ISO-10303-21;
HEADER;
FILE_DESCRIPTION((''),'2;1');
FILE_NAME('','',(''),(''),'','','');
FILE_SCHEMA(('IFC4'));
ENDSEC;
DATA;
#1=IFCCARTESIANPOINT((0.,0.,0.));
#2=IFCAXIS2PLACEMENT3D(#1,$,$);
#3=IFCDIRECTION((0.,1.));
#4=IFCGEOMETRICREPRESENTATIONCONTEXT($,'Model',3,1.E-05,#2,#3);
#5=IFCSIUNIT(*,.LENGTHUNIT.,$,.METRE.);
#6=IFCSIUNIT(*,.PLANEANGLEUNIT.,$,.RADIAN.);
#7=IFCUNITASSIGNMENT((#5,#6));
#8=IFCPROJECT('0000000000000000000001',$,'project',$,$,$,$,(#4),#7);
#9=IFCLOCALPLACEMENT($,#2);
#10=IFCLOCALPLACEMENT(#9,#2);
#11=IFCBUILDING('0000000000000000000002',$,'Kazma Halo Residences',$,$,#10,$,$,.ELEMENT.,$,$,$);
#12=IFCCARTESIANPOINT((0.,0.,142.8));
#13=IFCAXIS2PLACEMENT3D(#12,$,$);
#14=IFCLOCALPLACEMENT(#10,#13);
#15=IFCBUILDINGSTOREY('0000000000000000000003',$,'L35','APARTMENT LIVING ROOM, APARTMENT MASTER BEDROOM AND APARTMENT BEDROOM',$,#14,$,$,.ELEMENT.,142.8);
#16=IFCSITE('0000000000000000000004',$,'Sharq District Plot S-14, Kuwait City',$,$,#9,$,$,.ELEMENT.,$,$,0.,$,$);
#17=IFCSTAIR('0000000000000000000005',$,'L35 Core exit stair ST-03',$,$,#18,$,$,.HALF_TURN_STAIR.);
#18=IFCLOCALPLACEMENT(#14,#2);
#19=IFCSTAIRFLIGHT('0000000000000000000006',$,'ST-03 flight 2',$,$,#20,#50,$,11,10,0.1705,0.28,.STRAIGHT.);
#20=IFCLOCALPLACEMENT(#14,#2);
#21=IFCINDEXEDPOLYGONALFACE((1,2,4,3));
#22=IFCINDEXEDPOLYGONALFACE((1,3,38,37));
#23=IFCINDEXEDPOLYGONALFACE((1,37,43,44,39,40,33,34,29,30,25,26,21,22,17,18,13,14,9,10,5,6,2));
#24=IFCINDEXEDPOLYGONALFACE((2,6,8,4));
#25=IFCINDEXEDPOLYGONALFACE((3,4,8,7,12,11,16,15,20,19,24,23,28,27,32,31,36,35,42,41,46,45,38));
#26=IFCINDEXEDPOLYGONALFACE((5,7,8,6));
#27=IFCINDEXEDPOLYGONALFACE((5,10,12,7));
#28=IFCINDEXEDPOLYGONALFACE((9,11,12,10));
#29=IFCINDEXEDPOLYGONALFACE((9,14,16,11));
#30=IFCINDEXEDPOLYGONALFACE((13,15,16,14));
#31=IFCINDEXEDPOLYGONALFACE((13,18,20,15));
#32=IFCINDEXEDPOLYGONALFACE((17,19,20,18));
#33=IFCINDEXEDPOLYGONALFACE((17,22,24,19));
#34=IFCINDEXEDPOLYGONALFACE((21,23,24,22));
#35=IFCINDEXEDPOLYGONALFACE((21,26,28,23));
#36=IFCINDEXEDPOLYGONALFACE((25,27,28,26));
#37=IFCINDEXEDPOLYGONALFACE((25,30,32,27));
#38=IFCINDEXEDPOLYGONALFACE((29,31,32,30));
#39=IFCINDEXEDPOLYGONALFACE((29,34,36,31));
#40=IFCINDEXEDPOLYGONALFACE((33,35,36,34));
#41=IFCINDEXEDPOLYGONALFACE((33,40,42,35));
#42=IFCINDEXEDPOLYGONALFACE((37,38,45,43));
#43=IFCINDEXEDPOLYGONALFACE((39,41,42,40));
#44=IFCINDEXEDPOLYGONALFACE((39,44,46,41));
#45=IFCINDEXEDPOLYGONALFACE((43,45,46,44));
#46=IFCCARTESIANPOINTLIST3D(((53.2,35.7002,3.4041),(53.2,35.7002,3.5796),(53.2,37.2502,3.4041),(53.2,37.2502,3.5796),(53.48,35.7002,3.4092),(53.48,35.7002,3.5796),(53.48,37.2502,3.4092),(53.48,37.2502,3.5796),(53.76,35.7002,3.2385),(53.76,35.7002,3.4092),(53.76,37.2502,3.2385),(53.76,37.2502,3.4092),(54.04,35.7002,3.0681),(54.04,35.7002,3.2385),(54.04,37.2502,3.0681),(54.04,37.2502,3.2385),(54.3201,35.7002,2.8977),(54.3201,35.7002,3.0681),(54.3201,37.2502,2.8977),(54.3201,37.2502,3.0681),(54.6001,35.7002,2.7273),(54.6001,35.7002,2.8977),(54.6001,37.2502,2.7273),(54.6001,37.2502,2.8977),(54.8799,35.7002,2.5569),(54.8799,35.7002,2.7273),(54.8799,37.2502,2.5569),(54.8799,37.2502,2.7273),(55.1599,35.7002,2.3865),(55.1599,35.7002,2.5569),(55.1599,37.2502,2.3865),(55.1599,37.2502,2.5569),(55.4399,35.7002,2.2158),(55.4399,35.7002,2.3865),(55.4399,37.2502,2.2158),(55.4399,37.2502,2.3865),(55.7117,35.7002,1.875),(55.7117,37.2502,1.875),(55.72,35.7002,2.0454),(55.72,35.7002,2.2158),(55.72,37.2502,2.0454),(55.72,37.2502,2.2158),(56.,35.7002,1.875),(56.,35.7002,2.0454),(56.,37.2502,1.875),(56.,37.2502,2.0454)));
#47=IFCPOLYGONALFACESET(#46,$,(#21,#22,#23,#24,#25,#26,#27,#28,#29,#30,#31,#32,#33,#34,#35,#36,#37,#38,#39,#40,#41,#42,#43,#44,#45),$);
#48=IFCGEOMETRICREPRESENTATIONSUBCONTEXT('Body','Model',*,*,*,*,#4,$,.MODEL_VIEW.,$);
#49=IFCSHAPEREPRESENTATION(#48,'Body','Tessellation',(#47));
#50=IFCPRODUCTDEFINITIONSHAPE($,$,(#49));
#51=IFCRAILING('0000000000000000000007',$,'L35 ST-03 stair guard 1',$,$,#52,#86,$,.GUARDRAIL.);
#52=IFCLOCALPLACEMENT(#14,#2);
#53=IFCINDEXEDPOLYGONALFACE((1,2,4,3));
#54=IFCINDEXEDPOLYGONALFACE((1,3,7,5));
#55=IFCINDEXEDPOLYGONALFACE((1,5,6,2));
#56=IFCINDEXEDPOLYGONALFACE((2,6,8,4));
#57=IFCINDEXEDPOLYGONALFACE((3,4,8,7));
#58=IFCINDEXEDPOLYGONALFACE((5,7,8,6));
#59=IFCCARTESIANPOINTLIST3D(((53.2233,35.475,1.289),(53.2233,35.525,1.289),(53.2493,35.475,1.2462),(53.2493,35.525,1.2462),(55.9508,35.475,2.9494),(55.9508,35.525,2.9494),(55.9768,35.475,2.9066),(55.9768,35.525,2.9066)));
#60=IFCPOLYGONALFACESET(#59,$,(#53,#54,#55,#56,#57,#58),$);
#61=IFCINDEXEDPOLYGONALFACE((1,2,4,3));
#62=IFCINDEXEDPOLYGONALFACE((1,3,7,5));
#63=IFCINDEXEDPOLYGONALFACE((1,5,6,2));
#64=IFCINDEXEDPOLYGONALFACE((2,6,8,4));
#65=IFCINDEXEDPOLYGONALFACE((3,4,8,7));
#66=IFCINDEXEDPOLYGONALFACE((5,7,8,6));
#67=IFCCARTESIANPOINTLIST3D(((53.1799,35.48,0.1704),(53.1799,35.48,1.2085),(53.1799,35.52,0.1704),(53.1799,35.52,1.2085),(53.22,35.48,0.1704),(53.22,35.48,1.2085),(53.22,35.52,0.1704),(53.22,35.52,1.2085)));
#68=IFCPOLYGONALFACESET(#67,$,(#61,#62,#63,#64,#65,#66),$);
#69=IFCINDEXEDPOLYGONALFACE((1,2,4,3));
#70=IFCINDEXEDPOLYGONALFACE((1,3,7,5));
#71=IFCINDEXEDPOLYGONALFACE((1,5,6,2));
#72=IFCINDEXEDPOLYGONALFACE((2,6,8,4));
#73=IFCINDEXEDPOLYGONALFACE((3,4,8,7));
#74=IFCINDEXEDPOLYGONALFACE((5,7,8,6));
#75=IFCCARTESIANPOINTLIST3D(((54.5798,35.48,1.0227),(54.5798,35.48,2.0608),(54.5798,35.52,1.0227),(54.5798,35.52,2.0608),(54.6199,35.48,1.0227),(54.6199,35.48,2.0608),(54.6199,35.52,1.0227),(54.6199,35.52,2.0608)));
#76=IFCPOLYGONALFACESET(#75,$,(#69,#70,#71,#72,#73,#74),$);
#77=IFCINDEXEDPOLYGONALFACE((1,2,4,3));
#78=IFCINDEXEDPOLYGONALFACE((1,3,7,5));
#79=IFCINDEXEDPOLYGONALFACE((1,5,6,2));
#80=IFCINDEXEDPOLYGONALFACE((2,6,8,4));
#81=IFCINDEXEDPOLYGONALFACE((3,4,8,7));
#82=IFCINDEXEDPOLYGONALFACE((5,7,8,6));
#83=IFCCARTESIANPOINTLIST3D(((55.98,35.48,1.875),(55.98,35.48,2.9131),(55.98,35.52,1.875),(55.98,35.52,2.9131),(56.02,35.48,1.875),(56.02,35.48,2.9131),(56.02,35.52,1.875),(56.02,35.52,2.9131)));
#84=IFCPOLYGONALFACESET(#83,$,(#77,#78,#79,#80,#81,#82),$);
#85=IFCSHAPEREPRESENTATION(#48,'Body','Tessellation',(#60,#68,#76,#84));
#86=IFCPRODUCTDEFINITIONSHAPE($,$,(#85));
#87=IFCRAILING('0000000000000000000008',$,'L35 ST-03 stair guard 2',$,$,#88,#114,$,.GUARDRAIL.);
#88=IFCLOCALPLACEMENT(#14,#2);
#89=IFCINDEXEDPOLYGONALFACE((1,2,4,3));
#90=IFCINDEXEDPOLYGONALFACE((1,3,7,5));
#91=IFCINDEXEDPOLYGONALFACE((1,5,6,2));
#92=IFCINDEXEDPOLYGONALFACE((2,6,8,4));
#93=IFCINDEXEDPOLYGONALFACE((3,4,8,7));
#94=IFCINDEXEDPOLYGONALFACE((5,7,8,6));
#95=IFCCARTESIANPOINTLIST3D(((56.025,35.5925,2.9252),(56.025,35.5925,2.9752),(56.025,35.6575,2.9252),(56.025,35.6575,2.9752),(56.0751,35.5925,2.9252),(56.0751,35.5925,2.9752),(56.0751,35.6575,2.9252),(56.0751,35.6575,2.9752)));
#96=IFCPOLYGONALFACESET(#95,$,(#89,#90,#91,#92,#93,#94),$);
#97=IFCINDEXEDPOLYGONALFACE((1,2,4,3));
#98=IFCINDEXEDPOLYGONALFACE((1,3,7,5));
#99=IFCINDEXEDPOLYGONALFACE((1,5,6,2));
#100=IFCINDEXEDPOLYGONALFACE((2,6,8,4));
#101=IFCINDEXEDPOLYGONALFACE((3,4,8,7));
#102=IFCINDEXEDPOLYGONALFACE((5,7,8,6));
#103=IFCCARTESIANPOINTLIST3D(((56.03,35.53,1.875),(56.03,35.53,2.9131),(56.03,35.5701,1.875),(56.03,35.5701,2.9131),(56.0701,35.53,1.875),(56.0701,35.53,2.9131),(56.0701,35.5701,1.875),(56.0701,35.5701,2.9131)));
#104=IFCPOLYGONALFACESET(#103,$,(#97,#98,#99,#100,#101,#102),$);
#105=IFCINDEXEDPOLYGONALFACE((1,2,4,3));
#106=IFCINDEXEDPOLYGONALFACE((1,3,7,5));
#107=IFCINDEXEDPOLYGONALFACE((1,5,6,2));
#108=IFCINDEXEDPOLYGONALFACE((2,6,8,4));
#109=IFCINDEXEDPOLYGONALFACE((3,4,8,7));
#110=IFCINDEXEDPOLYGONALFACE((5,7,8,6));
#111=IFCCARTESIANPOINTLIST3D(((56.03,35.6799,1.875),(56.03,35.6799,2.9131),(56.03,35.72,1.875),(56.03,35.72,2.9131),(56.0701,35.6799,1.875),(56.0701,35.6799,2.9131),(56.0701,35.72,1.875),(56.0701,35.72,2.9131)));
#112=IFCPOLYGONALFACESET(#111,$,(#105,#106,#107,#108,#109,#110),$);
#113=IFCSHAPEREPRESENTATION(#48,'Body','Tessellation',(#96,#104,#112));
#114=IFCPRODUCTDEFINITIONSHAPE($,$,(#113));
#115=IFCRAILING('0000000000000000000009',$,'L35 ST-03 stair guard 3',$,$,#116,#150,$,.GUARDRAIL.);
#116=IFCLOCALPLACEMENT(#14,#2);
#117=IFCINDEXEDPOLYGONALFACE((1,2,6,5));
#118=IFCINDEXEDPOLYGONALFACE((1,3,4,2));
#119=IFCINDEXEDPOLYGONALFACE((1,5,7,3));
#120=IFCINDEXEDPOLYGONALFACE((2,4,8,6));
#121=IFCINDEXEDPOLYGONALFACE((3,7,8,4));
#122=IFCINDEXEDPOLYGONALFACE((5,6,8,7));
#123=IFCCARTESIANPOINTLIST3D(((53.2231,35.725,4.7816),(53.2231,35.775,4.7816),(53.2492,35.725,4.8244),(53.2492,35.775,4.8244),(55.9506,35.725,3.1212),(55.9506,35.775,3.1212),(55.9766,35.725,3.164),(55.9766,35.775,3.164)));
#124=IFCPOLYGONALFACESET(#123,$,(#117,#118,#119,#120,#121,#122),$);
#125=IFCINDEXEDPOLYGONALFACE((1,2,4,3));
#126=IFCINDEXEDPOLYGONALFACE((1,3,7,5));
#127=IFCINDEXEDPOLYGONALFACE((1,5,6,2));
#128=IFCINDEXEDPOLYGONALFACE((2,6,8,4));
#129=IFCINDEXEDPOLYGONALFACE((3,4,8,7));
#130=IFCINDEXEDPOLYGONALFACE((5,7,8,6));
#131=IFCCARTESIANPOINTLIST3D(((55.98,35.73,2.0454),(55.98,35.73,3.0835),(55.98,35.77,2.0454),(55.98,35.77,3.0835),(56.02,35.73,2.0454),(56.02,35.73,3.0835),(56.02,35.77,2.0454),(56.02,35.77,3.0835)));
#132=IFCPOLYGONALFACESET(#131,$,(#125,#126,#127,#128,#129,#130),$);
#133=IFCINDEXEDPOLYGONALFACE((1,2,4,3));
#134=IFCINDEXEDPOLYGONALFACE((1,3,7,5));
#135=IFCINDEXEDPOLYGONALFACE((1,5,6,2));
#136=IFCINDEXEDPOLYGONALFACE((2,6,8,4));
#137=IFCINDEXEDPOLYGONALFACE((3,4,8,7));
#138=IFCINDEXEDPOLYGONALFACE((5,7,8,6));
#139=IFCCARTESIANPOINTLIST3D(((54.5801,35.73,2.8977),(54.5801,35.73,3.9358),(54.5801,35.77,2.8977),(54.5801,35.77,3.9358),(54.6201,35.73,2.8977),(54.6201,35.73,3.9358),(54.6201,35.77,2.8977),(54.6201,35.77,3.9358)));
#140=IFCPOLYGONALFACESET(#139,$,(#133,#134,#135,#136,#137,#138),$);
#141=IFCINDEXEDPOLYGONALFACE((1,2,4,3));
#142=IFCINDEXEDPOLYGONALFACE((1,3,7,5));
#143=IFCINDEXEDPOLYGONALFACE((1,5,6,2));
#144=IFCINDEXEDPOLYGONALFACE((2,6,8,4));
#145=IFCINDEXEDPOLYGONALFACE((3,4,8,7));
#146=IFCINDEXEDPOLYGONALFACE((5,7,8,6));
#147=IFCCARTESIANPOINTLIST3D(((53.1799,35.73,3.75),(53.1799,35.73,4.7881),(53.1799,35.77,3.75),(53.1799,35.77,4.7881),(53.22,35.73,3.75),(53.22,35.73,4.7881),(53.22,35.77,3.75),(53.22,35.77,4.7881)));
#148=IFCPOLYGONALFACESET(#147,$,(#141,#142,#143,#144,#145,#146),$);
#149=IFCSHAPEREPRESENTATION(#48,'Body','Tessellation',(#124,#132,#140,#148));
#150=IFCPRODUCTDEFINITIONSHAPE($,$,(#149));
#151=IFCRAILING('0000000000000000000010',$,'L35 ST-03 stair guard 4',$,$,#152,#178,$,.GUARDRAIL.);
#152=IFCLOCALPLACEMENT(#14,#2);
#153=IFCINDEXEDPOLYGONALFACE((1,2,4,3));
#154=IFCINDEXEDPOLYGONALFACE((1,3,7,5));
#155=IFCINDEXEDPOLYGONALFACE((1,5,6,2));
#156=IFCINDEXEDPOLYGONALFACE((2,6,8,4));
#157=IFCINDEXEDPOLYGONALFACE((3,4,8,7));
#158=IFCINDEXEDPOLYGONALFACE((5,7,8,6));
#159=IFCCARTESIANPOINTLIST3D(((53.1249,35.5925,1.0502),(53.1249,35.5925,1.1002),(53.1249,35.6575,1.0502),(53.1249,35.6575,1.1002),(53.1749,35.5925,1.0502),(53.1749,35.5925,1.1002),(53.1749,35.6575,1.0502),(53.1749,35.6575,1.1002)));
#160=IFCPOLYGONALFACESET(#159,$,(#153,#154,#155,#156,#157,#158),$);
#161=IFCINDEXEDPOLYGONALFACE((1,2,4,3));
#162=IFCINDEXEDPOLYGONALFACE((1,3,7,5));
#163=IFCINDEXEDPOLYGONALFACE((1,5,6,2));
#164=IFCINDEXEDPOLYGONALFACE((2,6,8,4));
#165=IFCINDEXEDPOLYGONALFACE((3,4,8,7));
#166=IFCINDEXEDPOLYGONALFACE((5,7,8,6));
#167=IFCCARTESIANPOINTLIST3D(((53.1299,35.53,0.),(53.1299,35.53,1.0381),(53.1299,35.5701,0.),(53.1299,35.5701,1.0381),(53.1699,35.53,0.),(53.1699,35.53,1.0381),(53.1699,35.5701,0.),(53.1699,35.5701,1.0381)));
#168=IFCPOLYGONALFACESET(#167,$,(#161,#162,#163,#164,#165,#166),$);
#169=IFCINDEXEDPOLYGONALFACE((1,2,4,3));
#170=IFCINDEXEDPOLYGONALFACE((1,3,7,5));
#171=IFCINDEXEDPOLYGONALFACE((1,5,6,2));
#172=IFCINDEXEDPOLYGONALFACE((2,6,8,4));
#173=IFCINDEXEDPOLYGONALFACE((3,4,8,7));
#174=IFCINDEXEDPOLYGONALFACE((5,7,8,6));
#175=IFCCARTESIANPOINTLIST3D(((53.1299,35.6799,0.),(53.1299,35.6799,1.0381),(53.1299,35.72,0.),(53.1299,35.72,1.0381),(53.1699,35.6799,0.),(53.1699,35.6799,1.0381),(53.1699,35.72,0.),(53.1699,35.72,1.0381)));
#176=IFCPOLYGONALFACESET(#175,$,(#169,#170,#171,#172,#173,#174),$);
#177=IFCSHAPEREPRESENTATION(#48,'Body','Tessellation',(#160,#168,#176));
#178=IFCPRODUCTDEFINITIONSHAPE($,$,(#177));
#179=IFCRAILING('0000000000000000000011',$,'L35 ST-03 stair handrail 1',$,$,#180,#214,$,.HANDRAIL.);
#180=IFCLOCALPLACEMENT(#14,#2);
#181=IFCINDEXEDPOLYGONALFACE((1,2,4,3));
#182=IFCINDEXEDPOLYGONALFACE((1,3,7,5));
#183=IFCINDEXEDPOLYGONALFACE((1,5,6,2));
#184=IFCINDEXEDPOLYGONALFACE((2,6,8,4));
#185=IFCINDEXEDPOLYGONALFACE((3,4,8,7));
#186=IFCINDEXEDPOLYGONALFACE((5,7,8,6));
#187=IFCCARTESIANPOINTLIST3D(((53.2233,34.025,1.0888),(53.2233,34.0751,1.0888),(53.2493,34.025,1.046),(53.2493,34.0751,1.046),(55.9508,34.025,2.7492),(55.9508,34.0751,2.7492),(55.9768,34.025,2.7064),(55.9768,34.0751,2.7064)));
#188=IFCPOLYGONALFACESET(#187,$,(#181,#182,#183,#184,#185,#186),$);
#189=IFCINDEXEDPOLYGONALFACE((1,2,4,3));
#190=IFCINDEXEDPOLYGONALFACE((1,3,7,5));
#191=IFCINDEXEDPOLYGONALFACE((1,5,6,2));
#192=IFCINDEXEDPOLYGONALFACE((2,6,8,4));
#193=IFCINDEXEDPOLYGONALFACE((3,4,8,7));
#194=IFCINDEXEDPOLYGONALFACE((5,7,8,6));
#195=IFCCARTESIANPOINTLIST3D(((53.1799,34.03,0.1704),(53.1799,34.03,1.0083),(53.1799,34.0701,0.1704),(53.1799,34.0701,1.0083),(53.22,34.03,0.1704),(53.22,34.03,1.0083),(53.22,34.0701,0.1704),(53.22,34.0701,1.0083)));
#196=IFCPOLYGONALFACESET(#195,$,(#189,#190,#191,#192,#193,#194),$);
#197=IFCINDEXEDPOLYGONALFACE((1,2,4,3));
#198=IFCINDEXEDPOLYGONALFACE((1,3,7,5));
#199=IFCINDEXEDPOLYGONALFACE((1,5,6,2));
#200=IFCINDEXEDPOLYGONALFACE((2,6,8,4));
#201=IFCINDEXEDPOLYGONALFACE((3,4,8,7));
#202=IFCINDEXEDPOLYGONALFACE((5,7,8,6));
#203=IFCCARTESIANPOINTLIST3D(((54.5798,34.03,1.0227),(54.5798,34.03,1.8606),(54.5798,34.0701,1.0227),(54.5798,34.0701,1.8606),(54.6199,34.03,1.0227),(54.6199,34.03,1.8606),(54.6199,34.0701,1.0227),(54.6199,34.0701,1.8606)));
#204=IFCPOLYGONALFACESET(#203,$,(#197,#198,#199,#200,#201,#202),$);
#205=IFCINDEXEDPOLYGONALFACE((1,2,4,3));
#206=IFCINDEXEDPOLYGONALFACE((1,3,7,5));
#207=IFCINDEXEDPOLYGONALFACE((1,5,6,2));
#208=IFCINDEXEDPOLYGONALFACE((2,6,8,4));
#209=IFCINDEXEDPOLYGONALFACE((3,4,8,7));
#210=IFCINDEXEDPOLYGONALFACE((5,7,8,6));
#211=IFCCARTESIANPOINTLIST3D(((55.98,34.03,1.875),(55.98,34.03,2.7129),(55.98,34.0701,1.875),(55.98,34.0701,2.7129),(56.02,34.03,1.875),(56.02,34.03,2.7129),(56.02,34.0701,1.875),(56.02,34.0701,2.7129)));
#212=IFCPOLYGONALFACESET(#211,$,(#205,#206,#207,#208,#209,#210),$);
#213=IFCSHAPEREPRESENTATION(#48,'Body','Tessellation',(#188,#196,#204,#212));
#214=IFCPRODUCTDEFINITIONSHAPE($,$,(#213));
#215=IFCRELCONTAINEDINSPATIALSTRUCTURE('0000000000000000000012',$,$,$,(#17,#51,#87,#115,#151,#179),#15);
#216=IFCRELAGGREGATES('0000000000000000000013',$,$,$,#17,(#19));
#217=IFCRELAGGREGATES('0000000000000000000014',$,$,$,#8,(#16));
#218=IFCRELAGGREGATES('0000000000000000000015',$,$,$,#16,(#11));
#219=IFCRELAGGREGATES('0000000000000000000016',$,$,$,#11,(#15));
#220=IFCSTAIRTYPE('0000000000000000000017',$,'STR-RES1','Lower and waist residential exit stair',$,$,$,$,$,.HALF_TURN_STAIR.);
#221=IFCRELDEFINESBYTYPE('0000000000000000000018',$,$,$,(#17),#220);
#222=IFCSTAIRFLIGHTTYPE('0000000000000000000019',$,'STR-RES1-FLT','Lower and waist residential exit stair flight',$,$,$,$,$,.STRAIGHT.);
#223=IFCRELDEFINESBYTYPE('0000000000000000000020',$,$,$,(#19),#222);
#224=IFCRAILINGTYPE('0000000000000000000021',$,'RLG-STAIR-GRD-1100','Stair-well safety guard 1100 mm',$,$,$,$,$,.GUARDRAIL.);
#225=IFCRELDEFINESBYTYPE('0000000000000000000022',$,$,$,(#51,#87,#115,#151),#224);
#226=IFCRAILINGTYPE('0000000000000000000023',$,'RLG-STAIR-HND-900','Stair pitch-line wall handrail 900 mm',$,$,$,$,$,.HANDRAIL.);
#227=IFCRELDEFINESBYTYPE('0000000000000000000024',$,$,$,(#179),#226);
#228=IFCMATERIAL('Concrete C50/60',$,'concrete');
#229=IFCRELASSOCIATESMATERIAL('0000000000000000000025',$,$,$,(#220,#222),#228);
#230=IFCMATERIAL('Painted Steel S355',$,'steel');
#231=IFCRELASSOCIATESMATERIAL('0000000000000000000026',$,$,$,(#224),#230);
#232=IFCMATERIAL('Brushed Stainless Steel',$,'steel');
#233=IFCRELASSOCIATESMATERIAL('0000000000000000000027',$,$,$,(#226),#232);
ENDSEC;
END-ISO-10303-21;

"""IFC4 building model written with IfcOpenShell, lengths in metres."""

from ifc_helpers import new_model, si_unit, direction, frame, origin, origin_2d, place, context, subcontext, project, spatial, polyline, rectangle, outline, extrude, material, type_object, element, aggregate, save


model = new_model("IFC4")

# Units and contexts
model_context = context("Model", 3, precision=1e-05, world=origin(), true_north=direction((0.0, 1.0)))
body_context = subcontext(model_context, "Body", "Model", "MODEL_VIEW")
ifc_project = project(units=[si_unit("LENGTHUNIT", "METRE"), si_unit("PLANEANGLEUNIT", "RADIAN")], contexts=[model_context])

# Site, building, storey
site_placement = place(None, origin())
site = spatial("IfcSite", under=ifc_project, at=site_placement, Name="Sharq District Plot S-14, Kuwait City", CompositionType="ELEMENT", RefElevation=0.0)
building_placement = place(site_placement, origin())
building = spatial("IfcBuilding", under=site, at=building_placement, Name="Kazma Halo Residences", CompositionType="ELEMENT")
storey_placement = place(building_placement, frame((0.0, 0.0, 142.8)))
storey = spatial("IfcBuildingStorey", under=building, at=storey_placement, Name="L35", Description="APARTMENT LIVING ROOM, APARTMENT MASTER BEDROOM AND APARTMENT BEDROOM", CompositionType="ELEMENT", Elevation=142.8)

# Shared definitions
ifc_material_1 = material(Name="Concrete C50/60", Category="concrete")

# Stair, stair flight
stair_type = type_object("IfcStairType", Name="STR-RES1", Description="Lower and waist residential exit stair", PredefinedType="HALF_TURN_STAIR", material=ifc_material_1)
stair_placement = place(storey_placement, origin())
stair = element("IfcStair", 1, at=stair_placement, inside=storey, type_object=stair_type, Name="L35 Core exit stair ST-03", PredefinedType="HALF_TURN_STAIR")
stair_flight_type = type_object("IfcStairFlightType", Name="STR-RES1-FLT", Description="Lower and waist residential exit stair flight", PredefinedType="STRAIGHT", material=ifc_material_1)
stair_flight_1_placement = place(storey_placement, frame((56.0, 36.4751, 1.875), z_axis=(0.0, 0.0, 1.0), x_axis=(-1.0, 0.0, 0.0)))
stair_flight_1 = element("IfcStairFlight", 2, at=stair_flight_1_placement, type_object=stair_flight_type, Name="ST-03 flight 2", NumberOfRisers=11, NumberOfTreads=10, PredefinedType="STRAIGHT", RiserHeight=0.1705, TreadLength=0.28, context=body_context, shape_type="SweptSolid", body=[
    extrude(outline(polyline([(0.0, 0.0), (0.0, 0.1704), (0.28, 0.1704), (0.28, 0.3408), (0.5601, 0.3408), (0.5601, 0.5115), (0.8401, 0.5115), (0.8401, 0.6819), (1.1201, 0.6819), (1.1201, 0.8523), (1.3999, 0.8523), (1.3999, 1.0227), (1.6799, 1.0227), (1.6799, 1.1931), (1.96, 1.1931), (1.96, 1.3635), (2.24, 1.3635), (2.24, 1.5342), (2.52, 1.5342), (2.52, 1.7046), (2.8, 1.7046), (2.8, 1.875), (2.8, 1.5291), (0.2883, 0.0), (0.0, 0.0)])), frame((0.0, 0.7749, 0.0), z_axis=(0.0, -1.0, 0.0), x_axis=(1.0, 0.0, 0.0)), (0.0, 0.0, 1.0), 1.55),
])
aggregate(stair, [stair_flight_1])

# Railings
ifc_material_2 = material(Name="Painted Steel S355", Category="steel")
railing_type_1 = type_object("IfcRailingType", Name="RLG-STAIR-GRD-1100", Description="Stair-well safety guard 1100 mm", PredefinedType="GUARDRAIL", material=ifc_material_2)
railing_1_placement = place(storey_placement, frame((53.2, 35.5, 0.1704)))
element("IfcRailing", 3, at=railing_1_placement, inside=storey, type_object=railing_type_1, Name="L35 ST-03 stair guard 1", PredefinedType="GUARDRAIL", context=body_context, shape_type="SweptSolid", body=[
    extrude(rectangle(XDim=0.05, YDim=0.05, at=origin_2d()), frame((0.0364, 0.0, 1.0972), z_axis=(0.85417, 0.0, 0.519994), x_axis=(0.0, 1.0, 0.0)), (0.0, 0.0, 1.0), 3.1931),
    extrude(rectangle(XDim=0.04, YDim=0.04, at=origin_2d()), origin(), (0.0, 0.0, 1.0), 1.0381),
    extrude(rectangle(XDim=0.04, YDim=0.04, at=origin_2d()), frame((1.3999, 0.0, 0.8523)), (0.0, 0.0, 1.0), 1.0381),
    extrude(rectangle(XDim=0.04, YDim=0.04, at=origin_2d()), frame((2.8, 0.0, 1.7046)), (0.0, 0.0, 1.0), 1.0381),
])
railing_2_placement = place(storey_placement, frame((56.05, 35.55, 1.875)))
element("IfcRailing", 4, at=railing_2_placement, inside=storey, type_object=railing_type_1, Name="L35 ST-03 stair guard 2", PredefinedType="GUARDRAIL", context=body_context, shape_type="SweptSolid", body=[
    extrude(rectangle(XDim=0.05, YDim=0.05, at=origin_2d()), frame((0.0, 0.0425, 1.0752), z_axis=(0.0, 1.0, 0.0), x_axis=(-1.0, 0.0, 0.0)), (0.0, 0.0, 1.0), 0.0649),
    extrude(rectangle(XDim=0.04, YDim=0.04, at=origin_2d()), origin(), (0.0, 0.0, 1.0), 1.0381),
    extrude(rectangle(XDim=0.04, YDim=0.04, at=origin_2d()), frame((0.0, 0.1499, 0.0)), (0.0, 0.0, 1.0), 1.0381),
])
railing_3_placement = place(storey_placement, frame((56.0, 35.75, 2.0454)))
element("IfcRailing", 5, at=railing_3_placement, inside=storey, type_object=railing_type_1, Name="L35 ST-03 stair guard 3", PredefinedType="GUARDRAIL", context=body_context, shape_type="SweptSolid", body=[
    extrude(rectangle(XDim=0.05, YDim=0.05, at=origin_2d()), frame((-0.0364, 0.0, 1.0972), z_axis=(-0.85417, 0.0, 0.519994), x_axis=(0.0, -1.0, 0.0)), (0.0, 0.0, 1.0), 3.1931),
    extrude(rectangle(XDim=0.04, YDim=0.04, at=origin_2d()), origin(), (0.0, 0.0, 1.0), 1.0381),
    extrude(rectangle(XDim=0.04, YDim=0.04, at=origin_2d()), frame((-1.3999, 0.0, 0.8523)), (0.0, 0.0, 1.0), 1.0381),
    extrude(rectangle(XDim=0.04, YDim=0.04, at=origin_2d()), frame((-2.8, 0.0, 1.7046)), (0.0, 0.0, 1.0), 1.0381),
])
railing_4_placement = place(storey_placement, frame((53.1499, 35.55, 0.0)))
element("IfcRailing", 6, at=railing_4_placement, inside=storey, type_object=railing_type_1, Name="L35 ST-03 stair guard 4", PredefinedType="GUARDRAIL", context=body_context, shape_type="SweptSolid", body=[
    extrude(rectangle(XDim=0.05, YDim=0.05, at=origin_2d()), frame((0.0, 0.0425, 1.0752), z_axis=(0.0, 1.0, 0.0), x_axis=(-1.0, 0.0, 0.0)), (0.0, 0.0, 1.0), 0.0649),
    extrude(rectangle(XDim=0.04, YDim=0.04, at=origin_2d()), origin(), (0.0, 0.0, 1.0), 1.0381),
    extrude(rectangle(XDim=0.04, YDim=0.04, at=origin_2d()), frame((0.0, 0.1499, 0.0)), (0.0, 0.0, 1.0), 1.0381),
])
ifc_material_3 = material(Name="Brushed Stainless Steel", Category="steel")
railing_type_2 = type_object("IfcRailingType", Name="RLG-STAIR-HND-900", Description="Stair pitch-line wall handrail 900 mm", PredefinedType="HANDRAIL", material=ifc_material_3)
railing_5_placement = place(storey_placement, frame((53.2, 34.05, 0.1704)))
element("IfcRailing", 7, at=railing_5_placement, inside=storey, type_object=railing_type_2, Name="L35 ST-03 stair handrail 1", PredefinedType="HANDRAIL", context=body_context, shape_type="SweptSolid", body=[
    extrude(rectangle(XDim=0.05, YDim=0.05, at=origin_2d()), frame((0.0364, 0.0, 0.897), z_axis=(0.85417, 0.0, 0.519994), x_axis=(0.0, 1.0, 0.0)), (0.0, 0.0, 1.0), 3.1931),
    extrude(rectangle(XDim=0.04, YDim=0.04, at=origin_2d()), origin(), (0.0, 0.0, 1.0), 0.8379),
    extrude(rectangle(XDim=0.04, YDim=0.04, at=origin_2d()), frame((1.3999, 0.0, 0.8523)), (0.0, 0.0, 1.0), 0.8379),
    extrude(rectangle(XDim=0.04, YDim=0.04, at=origin_2d()), frame((2.8, 0.0, 1.7046)), (0.0, 0.0, 1.0), 0.8379),
])

save(model, "model.ifc")
